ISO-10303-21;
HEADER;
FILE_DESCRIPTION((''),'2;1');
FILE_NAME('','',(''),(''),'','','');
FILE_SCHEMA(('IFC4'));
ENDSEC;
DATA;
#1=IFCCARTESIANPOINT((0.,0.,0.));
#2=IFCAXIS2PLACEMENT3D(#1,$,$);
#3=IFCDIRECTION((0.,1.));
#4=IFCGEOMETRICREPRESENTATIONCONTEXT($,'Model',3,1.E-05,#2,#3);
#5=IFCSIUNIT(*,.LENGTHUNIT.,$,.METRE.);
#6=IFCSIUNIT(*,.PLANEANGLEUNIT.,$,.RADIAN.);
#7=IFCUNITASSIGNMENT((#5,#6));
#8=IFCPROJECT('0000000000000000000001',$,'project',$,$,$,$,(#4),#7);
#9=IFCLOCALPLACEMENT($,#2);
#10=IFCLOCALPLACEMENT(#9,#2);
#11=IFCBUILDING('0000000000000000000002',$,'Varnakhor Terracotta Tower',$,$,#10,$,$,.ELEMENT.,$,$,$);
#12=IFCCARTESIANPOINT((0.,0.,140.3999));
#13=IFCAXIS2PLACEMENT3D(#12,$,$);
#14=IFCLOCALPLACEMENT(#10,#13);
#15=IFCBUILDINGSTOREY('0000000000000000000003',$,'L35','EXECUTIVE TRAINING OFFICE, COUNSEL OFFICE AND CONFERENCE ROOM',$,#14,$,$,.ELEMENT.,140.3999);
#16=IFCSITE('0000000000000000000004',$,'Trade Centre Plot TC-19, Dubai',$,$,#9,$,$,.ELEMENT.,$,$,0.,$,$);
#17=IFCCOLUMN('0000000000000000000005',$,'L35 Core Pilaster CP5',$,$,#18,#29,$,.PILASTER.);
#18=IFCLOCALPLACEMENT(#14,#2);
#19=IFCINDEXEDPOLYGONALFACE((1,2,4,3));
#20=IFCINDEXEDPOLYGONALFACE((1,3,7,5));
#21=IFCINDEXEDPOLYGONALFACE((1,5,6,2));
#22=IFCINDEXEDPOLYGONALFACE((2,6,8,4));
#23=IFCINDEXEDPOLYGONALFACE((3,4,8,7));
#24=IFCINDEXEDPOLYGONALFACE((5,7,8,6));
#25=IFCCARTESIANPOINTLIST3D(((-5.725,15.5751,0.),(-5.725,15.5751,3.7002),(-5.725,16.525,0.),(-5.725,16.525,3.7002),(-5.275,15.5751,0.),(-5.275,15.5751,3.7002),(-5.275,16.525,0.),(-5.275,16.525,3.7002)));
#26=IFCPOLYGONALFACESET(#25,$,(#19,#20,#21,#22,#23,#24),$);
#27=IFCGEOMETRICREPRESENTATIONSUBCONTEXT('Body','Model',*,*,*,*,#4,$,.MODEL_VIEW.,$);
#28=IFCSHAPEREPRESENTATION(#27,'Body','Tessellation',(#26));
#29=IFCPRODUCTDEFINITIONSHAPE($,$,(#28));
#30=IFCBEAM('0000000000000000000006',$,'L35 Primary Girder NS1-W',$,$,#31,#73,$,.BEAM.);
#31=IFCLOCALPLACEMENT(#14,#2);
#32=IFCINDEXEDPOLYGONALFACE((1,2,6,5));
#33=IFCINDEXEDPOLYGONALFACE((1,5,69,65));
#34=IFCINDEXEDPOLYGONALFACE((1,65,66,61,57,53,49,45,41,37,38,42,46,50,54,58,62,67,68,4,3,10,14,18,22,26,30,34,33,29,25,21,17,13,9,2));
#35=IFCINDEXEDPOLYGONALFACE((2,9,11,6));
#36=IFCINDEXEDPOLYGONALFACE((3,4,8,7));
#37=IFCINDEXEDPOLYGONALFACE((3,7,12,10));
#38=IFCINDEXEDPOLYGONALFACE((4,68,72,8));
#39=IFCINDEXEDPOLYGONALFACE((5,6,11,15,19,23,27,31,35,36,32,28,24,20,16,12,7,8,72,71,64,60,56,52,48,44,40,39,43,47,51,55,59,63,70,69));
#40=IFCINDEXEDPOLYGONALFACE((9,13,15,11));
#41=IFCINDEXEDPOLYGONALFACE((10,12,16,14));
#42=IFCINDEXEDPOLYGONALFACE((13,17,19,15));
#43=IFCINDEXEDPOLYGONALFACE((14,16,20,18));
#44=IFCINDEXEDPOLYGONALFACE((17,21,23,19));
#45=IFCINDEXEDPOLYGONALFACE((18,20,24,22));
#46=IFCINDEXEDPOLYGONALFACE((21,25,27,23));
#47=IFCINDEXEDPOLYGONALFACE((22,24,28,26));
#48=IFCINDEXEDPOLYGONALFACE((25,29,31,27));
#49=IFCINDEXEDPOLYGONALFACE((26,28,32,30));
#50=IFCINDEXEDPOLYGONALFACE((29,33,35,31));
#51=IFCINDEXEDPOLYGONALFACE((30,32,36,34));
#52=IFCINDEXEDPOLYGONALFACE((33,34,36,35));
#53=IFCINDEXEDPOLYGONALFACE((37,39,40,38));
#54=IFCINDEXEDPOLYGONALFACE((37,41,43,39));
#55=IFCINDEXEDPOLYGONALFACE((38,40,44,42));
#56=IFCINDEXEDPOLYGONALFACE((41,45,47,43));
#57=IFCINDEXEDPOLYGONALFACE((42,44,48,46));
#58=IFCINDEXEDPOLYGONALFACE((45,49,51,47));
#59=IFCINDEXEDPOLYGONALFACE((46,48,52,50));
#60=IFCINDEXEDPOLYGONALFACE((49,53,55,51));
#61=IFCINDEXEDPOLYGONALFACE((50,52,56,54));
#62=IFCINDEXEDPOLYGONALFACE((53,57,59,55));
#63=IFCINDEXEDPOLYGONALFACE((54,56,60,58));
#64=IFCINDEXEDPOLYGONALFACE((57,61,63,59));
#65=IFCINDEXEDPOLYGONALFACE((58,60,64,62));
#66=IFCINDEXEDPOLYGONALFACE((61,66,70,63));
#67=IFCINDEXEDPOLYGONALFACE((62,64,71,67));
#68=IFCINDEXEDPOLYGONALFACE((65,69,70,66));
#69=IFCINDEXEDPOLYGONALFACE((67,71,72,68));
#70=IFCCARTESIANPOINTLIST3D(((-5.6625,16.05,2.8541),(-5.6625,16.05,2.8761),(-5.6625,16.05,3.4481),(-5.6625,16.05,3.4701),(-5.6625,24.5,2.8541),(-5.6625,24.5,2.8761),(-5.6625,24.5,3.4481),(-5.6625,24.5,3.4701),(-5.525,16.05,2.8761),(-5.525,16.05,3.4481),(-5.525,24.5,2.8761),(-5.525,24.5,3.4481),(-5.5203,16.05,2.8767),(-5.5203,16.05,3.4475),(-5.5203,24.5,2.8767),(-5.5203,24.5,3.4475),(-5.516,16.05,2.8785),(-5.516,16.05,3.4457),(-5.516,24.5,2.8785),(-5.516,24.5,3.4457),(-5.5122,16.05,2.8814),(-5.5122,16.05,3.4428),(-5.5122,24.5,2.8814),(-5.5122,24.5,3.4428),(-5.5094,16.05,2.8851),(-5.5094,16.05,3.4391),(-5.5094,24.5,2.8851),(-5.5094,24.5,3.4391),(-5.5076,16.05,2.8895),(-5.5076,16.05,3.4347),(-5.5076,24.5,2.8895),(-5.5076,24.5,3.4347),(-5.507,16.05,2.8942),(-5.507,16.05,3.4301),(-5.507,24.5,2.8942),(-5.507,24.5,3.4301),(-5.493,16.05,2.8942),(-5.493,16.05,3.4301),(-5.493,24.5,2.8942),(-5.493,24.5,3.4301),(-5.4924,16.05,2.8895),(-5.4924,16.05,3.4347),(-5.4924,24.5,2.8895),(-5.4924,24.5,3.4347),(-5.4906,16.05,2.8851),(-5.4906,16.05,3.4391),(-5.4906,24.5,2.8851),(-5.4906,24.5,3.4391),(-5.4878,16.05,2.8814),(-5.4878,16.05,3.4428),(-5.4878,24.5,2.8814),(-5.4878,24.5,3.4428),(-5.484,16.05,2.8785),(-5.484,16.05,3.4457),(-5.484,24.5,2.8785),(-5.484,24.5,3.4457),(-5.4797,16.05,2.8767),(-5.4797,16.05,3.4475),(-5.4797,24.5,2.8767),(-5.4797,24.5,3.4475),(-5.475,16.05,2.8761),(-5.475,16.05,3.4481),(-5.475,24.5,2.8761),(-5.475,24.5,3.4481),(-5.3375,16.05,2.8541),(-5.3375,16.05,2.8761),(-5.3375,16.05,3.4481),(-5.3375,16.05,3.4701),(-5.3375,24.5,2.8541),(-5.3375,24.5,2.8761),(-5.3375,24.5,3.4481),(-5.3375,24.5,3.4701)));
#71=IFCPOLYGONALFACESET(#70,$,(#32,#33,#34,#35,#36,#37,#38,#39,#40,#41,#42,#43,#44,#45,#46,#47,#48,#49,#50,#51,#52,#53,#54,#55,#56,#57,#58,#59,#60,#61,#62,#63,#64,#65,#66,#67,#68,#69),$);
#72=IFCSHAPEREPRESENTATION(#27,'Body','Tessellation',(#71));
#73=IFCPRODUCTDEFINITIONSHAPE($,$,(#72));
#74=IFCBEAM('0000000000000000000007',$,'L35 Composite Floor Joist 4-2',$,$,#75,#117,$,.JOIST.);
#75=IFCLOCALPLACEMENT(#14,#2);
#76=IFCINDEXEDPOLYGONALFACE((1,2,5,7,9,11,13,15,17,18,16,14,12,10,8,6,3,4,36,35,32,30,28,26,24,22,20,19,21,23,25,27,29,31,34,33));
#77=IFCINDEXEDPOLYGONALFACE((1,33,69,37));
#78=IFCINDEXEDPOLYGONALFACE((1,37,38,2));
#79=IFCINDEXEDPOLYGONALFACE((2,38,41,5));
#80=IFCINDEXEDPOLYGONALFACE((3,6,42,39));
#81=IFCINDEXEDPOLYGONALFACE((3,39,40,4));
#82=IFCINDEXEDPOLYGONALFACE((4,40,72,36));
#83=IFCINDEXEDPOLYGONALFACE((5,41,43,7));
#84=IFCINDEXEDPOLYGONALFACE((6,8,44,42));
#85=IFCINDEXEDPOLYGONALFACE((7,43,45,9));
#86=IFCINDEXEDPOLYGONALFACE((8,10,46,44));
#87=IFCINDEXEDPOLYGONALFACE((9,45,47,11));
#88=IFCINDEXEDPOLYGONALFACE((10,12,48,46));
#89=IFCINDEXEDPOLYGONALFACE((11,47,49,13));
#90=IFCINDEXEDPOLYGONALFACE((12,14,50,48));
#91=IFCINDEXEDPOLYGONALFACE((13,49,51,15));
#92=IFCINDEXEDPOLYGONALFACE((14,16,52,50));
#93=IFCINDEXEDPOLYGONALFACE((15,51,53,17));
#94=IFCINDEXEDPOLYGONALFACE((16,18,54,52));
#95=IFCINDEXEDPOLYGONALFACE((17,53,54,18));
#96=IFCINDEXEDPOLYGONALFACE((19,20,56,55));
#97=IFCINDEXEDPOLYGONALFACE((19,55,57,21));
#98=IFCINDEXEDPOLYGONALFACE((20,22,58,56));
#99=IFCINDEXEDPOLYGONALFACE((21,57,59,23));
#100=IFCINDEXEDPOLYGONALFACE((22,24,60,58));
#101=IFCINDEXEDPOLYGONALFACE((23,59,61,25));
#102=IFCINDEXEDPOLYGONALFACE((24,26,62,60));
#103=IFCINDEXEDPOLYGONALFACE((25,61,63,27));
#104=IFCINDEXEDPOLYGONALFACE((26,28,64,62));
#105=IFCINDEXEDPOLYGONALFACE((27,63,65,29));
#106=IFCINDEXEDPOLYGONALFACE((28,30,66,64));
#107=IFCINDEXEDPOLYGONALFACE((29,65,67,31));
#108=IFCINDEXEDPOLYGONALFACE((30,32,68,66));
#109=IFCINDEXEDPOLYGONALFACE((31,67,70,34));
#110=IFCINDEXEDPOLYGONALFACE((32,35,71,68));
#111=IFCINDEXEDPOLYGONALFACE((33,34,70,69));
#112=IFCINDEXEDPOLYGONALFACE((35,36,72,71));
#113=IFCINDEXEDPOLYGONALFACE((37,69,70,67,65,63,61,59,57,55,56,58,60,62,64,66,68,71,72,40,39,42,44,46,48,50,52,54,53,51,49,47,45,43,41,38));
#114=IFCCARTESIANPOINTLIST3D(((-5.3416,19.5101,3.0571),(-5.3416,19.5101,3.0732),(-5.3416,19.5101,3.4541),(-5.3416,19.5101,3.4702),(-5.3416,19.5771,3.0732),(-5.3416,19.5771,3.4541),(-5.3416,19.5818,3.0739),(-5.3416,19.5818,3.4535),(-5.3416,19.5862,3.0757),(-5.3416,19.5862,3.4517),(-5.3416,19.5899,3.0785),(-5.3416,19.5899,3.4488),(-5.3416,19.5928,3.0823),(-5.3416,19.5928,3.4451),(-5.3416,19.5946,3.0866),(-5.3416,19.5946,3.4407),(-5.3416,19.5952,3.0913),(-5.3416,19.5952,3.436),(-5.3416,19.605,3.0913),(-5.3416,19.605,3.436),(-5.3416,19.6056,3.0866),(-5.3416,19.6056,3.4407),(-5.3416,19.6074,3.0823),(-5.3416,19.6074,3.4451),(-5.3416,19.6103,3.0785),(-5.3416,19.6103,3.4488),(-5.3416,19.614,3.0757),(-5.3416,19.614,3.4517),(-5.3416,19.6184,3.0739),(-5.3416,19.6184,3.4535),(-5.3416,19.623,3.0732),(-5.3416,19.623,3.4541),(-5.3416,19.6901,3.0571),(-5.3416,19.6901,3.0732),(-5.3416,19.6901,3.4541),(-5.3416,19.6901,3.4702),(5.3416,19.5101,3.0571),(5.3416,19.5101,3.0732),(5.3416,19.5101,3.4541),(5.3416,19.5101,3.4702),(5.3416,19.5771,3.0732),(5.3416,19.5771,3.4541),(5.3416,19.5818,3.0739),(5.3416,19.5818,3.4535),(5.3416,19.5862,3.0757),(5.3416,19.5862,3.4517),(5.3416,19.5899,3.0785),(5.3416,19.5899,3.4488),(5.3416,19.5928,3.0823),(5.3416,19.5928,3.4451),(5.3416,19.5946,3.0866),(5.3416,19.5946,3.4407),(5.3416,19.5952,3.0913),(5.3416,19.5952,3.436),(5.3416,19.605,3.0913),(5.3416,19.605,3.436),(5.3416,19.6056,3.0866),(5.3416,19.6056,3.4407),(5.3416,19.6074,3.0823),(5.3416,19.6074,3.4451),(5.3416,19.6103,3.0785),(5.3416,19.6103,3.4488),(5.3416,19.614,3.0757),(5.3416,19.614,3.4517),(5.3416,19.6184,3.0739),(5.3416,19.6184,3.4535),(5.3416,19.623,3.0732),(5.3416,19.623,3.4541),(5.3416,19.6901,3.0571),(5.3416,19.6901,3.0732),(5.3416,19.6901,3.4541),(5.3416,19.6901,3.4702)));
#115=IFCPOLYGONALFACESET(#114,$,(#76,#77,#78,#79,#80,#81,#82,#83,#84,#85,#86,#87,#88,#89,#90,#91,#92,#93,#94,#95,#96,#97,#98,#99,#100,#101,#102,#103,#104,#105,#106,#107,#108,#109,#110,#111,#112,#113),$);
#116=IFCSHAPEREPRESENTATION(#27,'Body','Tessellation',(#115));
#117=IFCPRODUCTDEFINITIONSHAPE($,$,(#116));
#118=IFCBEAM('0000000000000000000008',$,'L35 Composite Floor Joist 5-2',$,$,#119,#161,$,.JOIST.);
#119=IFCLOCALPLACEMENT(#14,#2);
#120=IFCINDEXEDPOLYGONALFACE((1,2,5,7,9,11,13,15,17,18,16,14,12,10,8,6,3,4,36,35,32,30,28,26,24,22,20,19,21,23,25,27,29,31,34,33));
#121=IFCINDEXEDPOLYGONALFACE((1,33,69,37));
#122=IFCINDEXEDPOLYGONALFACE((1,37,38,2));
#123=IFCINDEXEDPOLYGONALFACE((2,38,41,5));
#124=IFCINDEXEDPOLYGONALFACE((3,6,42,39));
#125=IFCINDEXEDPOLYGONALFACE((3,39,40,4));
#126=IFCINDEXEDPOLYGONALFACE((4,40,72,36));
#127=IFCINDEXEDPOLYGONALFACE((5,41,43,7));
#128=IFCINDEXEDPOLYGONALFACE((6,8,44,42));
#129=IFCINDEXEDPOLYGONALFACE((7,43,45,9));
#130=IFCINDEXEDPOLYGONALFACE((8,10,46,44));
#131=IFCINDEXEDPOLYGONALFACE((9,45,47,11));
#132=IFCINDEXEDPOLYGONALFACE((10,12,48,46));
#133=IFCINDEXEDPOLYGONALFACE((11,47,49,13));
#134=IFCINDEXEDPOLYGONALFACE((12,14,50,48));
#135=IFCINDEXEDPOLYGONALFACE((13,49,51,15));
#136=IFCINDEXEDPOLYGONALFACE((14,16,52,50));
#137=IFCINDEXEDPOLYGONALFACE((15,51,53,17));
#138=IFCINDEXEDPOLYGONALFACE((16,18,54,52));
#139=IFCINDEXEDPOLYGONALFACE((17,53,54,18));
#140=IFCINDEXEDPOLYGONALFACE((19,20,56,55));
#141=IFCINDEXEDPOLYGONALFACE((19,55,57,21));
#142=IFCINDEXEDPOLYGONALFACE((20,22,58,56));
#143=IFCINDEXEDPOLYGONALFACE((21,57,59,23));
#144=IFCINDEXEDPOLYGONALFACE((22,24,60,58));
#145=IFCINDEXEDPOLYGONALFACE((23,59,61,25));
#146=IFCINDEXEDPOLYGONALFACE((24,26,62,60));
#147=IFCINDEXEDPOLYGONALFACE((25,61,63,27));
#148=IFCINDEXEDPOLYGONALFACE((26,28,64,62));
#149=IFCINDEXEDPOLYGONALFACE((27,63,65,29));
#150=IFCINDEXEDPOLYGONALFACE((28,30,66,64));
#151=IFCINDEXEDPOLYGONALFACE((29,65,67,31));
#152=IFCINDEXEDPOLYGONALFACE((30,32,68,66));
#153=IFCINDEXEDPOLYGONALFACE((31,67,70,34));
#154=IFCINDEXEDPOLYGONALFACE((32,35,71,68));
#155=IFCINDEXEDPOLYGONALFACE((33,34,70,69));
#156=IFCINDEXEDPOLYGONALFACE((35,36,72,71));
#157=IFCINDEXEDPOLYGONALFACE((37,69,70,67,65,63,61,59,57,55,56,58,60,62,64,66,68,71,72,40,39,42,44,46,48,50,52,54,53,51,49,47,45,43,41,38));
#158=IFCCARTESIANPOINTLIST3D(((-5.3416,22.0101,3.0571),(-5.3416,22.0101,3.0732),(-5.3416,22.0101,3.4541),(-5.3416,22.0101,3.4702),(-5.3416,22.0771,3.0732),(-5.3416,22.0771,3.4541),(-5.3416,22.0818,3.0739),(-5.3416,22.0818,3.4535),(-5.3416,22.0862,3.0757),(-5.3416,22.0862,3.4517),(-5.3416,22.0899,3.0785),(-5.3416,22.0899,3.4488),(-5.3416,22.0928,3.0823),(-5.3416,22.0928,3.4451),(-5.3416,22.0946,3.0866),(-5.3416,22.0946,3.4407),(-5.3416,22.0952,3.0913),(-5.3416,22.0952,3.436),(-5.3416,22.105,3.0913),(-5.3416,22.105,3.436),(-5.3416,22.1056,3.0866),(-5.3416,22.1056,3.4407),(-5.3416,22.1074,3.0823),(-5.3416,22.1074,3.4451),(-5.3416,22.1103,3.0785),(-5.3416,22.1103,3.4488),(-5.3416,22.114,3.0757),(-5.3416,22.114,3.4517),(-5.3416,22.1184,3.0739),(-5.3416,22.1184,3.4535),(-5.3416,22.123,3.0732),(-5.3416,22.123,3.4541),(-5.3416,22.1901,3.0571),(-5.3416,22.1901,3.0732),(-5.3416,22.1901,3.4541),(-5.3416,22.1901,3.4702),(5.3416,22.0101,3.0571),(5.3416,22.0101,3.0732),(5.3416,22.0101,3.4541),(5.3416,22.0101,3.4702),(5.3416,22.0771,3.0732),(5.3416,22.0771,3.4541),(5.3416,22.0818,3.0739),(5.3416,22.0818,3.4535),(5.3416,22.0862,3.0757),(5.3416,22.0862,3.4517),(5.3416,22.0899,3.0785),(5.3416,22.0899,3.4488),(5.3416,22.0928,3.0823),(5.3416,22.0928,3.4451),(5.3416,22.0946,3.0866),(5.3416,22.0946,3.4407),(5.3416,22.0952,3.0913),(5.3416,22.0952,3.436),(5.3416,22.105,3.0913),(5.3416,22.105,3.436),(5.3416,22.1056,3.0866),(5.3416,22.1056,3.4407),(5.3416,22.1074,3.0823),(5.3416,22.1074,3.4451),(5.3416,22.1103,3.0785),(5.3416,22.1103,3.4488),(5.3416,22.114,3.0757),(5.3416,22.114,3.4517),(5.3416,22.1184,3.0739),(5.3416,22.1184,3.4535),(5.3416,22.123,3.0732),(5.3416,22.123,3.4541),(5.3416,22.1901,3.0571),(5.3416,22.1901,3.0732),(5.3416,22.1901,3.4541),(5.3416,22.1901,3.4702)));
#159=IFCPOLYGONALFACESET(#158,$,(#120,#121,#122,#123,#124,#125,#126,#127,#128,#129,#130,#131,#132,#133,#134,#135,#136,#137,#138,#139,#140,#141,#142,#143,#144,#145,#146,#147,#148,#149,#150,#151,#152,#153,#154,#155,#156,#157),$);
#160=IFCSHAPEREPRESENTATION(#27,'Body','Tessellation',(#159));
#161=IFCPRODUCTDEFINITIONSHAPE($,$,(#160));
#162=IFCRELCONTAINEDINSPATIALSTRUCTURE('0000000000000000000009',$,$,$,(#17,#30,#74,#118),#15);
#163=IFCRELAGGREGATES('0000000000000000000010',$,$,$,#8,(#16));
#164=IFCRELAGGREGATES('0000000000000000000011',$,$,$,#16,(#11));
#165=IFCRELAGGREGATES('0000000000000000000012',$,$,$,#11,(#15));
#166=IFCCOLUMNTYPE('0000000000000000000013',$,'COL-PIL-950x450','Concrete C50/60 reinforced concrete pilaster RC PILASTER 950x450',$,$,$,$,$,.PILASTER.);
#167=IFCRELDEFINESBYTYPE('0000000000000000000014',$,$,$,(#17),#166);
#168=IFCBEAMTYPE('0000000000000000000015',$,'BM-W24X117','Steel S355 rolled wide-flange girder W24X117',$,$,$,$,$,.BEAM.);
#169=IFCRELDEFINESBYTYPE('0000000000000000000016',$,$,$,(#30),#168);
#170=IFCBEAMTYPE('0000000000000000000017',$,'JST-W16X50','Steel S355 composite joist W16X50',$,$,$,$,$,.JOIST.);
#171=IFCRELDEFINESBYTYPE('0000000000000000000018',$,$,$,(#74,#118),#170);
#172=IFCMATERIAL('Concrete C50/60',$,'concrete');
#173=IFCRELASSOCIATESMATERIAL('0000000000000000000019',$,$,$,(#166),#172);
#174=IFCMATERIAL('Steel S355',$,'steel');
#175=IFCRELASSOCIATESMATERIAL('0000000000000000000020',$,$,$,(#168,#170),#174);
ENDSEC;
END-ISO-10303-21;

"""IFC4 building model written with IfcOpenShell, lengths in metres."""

from ifc_helpers import new_model, si_unit, direction, frame, origin, origin_2d, place, context, subcontext, project, spatial, rectangle, i_section, extrude, source, transform, mapped, material, material_profile, profile_set, type_object, type_shapes, element, save


model = new_model("IFC4")

# Units and contexts
model_context = context("Model", 3, precision=1e-05, world=origin(), true_north=direction((0.0, 1.0)))
body_context = subcontext(model_context, "Body", "Model", "MODEL_VIEW")
ifc_project = project(units=[si_unit("LENGTHUNIT", "METRE"), si_unit("PLANEANGLEUNIT", "RADIAN")], contexts=[model_context])

# Site, building, storey
site_placement = place(None, origin())
site = spatial("IfcSite", under=ifc_project, at=site_placement, Name="Trade Centre Plot TC-19, Dubai", CompositionType="ELEMENT", RefElevation=0.0)
building_placement = place(site_placement, origin())
building = spatial("IfcBuilding", under=site, at=building_placement, Name="Varnakhor Terracotta Tower", CompositionType="ELEMENT")
storey_placement = place(building_placement, frame((0.0, 0.0, 140.3999)))
storey = spatial("IfcBuildingStorey", under=building, at=storey_placement, Name="L35", Description="EXECUTIVE TRAINING OFFICE, COUNSEL OFFICE AND CONFERENCE ROOM", CompositionType="ELEMENT", Elevation=140.3999)

# Column
ifc_material_1 = material(Name="Concrete C50/60", Category="concrete")
ifc_material_profile_1 = material_profile(ifc_material_1, rectangle(XDim=0.45, YDim=0.95, at=origin_2d()), Name="RC PILASTER 950x450")
ifc_profile_set_1 = profile_set([ifc_material_profile_1], Name="Concrete C50/60")
column_type = type_object("IfcColumnType", Name="COL-PIL-950x450", Description="Concrete C50/60 reinforced concrete pilaster RC PILASTER 950x450", PredefinedType="PILASTER", material=ifc_profile_set_1)
shared_shape_1 = source(origin(), body_context, "Body", "SweptSolid", [
    extrude(rectangle(XDim=0.45, YDim=0.95, at=origin_2d()), origin(), (0.0, 0.0, 1.0), 3.7002),
])
column_placement = place(storey_placement, frame((-5.5, 16.05, 0.0), z_axis=(0.0, 0.0, 1.0), x_axis=(1.0, 0.0, 0.0)))
element("IfcColumn", 1, at=column_placement, inside=storey, type_object=column_type, Name="L35 Core Pilaster CP5", PredefinedType="PILASTER", context=body_context, shape_type="MappedRepresentation", body=[
    mapped(shared_shape_1, transform((0.0, 0.0, 0.0), scale=1.0)),
])

# Beams
ifc_material_2 = material(Name="Steel S355", Category="steel")
ifc_material_profile_2 = material_profile(ifc_material_2, i_section(OverallWidth=0.325, OverallDepth=0.616, WebThickness=0.0139, FlangeThickness=0.022, FilletRadius=0.0181, at=origin_2d()), Name="W24X117")
ifc_profile_set_2 = profile_set([ifc_material_profile_2], Name="Steel S355")
beam_type_1 = type_object("IfcBeamType", Name="BM-W24X117", Description="Steel S355 rolled wide-flange girder W24X117", PredefinedType="BEAM", material=ifc_profile_set_2)
shared_shape_2 = source(origin(), body_context, "Body", "SweptSolid", [
    extrude(i_section(OverallWidth=0.325, OverallDepth=0.616, WebThickness=0.0139, FlangeThickness=0.022, FilletRadius=0.0181, at=origin_2d()), origin(), (0.0, 0.0, 1.0), 8.45),
])
type_shapes(beam_type_1, [shared_shape_2])
beam_1_placement = place(storey_placement, frame((-5.5, 16.05, 3.1621), z_axis=(0.0, 1.0, 0.0), x_axis=(-1.0, 0.0, 0.0)))
element("IfcBeam", 2, at=beam_1_placement, inside=storey, type_object=beam_type_1, Name="L35 Primary Girder NS1-W", PredefinedType="BEAM", context=body_context, shape_type="MappedRepresentation", body=[
    mapped(shared_shape_2, transform((0.0, 0.0, 0.0), scale=1.0)),
])
ifc_material_profile_3 = material_profile(ifc_material_2, i_section(OverallWidth=0.1799, OverallDepth=0.4131, WebThickness=0.0098, FlangeThickness=0.0161, FilletRadius=0.0181, at=origin_2d()), Name="W16X50")
ifc_profile_set_3 = profile_set([ifc_material_profile_3], Name="Steel S355")
beam_type_2 = type_object("IfcBeamType", Name="JST-W16X50", Description="Steel S355 composite joist W16X50", PredefinedType="JOIST", material=ifc_profile_set_3)
shared_shape_3 = source(origin(), body_context, "Body", "SweptSolid", [
    extrude(i_section(OverallWidth=0.1799, OverallDepth=0.4131, WebThickness=0.0098, FlangeThickness=0.0161, FilletRadius=0.0181, at=origin_2d()), origin(), (0.0, 0.0, 1.0), 10.6831),
])
for number, where, z_axis, x_axis, name in (
    (3, (-5.3416, 19.6001, 3.2637), (1.0, 0.0, 0.0), (0.0, 1.0, 0.0), "L35 Composite Floor Joist 4-2"),
    (4, (-5.3416, 22.1001, 3.2637), (1.0, 0.0, 0.0), (0.0, 1.0, 0.0), "L35 Composite Floor Joist 5-2"),
):
    element("IfcBeam", number, at=place(storey_placement, frame(where, z_axis=z_axis, x_axis=x_axis)), inside=storey, type_object=beam_type_2, Name=name, PredefinedType="JOIST", context=body_context, shape_type="MappedRepresentation", body=[
        mapped(shared_shape_3, transform((0.0, 0.0, 0.0), scale=1.0)),
    ])

save(model, "model.ifc")
